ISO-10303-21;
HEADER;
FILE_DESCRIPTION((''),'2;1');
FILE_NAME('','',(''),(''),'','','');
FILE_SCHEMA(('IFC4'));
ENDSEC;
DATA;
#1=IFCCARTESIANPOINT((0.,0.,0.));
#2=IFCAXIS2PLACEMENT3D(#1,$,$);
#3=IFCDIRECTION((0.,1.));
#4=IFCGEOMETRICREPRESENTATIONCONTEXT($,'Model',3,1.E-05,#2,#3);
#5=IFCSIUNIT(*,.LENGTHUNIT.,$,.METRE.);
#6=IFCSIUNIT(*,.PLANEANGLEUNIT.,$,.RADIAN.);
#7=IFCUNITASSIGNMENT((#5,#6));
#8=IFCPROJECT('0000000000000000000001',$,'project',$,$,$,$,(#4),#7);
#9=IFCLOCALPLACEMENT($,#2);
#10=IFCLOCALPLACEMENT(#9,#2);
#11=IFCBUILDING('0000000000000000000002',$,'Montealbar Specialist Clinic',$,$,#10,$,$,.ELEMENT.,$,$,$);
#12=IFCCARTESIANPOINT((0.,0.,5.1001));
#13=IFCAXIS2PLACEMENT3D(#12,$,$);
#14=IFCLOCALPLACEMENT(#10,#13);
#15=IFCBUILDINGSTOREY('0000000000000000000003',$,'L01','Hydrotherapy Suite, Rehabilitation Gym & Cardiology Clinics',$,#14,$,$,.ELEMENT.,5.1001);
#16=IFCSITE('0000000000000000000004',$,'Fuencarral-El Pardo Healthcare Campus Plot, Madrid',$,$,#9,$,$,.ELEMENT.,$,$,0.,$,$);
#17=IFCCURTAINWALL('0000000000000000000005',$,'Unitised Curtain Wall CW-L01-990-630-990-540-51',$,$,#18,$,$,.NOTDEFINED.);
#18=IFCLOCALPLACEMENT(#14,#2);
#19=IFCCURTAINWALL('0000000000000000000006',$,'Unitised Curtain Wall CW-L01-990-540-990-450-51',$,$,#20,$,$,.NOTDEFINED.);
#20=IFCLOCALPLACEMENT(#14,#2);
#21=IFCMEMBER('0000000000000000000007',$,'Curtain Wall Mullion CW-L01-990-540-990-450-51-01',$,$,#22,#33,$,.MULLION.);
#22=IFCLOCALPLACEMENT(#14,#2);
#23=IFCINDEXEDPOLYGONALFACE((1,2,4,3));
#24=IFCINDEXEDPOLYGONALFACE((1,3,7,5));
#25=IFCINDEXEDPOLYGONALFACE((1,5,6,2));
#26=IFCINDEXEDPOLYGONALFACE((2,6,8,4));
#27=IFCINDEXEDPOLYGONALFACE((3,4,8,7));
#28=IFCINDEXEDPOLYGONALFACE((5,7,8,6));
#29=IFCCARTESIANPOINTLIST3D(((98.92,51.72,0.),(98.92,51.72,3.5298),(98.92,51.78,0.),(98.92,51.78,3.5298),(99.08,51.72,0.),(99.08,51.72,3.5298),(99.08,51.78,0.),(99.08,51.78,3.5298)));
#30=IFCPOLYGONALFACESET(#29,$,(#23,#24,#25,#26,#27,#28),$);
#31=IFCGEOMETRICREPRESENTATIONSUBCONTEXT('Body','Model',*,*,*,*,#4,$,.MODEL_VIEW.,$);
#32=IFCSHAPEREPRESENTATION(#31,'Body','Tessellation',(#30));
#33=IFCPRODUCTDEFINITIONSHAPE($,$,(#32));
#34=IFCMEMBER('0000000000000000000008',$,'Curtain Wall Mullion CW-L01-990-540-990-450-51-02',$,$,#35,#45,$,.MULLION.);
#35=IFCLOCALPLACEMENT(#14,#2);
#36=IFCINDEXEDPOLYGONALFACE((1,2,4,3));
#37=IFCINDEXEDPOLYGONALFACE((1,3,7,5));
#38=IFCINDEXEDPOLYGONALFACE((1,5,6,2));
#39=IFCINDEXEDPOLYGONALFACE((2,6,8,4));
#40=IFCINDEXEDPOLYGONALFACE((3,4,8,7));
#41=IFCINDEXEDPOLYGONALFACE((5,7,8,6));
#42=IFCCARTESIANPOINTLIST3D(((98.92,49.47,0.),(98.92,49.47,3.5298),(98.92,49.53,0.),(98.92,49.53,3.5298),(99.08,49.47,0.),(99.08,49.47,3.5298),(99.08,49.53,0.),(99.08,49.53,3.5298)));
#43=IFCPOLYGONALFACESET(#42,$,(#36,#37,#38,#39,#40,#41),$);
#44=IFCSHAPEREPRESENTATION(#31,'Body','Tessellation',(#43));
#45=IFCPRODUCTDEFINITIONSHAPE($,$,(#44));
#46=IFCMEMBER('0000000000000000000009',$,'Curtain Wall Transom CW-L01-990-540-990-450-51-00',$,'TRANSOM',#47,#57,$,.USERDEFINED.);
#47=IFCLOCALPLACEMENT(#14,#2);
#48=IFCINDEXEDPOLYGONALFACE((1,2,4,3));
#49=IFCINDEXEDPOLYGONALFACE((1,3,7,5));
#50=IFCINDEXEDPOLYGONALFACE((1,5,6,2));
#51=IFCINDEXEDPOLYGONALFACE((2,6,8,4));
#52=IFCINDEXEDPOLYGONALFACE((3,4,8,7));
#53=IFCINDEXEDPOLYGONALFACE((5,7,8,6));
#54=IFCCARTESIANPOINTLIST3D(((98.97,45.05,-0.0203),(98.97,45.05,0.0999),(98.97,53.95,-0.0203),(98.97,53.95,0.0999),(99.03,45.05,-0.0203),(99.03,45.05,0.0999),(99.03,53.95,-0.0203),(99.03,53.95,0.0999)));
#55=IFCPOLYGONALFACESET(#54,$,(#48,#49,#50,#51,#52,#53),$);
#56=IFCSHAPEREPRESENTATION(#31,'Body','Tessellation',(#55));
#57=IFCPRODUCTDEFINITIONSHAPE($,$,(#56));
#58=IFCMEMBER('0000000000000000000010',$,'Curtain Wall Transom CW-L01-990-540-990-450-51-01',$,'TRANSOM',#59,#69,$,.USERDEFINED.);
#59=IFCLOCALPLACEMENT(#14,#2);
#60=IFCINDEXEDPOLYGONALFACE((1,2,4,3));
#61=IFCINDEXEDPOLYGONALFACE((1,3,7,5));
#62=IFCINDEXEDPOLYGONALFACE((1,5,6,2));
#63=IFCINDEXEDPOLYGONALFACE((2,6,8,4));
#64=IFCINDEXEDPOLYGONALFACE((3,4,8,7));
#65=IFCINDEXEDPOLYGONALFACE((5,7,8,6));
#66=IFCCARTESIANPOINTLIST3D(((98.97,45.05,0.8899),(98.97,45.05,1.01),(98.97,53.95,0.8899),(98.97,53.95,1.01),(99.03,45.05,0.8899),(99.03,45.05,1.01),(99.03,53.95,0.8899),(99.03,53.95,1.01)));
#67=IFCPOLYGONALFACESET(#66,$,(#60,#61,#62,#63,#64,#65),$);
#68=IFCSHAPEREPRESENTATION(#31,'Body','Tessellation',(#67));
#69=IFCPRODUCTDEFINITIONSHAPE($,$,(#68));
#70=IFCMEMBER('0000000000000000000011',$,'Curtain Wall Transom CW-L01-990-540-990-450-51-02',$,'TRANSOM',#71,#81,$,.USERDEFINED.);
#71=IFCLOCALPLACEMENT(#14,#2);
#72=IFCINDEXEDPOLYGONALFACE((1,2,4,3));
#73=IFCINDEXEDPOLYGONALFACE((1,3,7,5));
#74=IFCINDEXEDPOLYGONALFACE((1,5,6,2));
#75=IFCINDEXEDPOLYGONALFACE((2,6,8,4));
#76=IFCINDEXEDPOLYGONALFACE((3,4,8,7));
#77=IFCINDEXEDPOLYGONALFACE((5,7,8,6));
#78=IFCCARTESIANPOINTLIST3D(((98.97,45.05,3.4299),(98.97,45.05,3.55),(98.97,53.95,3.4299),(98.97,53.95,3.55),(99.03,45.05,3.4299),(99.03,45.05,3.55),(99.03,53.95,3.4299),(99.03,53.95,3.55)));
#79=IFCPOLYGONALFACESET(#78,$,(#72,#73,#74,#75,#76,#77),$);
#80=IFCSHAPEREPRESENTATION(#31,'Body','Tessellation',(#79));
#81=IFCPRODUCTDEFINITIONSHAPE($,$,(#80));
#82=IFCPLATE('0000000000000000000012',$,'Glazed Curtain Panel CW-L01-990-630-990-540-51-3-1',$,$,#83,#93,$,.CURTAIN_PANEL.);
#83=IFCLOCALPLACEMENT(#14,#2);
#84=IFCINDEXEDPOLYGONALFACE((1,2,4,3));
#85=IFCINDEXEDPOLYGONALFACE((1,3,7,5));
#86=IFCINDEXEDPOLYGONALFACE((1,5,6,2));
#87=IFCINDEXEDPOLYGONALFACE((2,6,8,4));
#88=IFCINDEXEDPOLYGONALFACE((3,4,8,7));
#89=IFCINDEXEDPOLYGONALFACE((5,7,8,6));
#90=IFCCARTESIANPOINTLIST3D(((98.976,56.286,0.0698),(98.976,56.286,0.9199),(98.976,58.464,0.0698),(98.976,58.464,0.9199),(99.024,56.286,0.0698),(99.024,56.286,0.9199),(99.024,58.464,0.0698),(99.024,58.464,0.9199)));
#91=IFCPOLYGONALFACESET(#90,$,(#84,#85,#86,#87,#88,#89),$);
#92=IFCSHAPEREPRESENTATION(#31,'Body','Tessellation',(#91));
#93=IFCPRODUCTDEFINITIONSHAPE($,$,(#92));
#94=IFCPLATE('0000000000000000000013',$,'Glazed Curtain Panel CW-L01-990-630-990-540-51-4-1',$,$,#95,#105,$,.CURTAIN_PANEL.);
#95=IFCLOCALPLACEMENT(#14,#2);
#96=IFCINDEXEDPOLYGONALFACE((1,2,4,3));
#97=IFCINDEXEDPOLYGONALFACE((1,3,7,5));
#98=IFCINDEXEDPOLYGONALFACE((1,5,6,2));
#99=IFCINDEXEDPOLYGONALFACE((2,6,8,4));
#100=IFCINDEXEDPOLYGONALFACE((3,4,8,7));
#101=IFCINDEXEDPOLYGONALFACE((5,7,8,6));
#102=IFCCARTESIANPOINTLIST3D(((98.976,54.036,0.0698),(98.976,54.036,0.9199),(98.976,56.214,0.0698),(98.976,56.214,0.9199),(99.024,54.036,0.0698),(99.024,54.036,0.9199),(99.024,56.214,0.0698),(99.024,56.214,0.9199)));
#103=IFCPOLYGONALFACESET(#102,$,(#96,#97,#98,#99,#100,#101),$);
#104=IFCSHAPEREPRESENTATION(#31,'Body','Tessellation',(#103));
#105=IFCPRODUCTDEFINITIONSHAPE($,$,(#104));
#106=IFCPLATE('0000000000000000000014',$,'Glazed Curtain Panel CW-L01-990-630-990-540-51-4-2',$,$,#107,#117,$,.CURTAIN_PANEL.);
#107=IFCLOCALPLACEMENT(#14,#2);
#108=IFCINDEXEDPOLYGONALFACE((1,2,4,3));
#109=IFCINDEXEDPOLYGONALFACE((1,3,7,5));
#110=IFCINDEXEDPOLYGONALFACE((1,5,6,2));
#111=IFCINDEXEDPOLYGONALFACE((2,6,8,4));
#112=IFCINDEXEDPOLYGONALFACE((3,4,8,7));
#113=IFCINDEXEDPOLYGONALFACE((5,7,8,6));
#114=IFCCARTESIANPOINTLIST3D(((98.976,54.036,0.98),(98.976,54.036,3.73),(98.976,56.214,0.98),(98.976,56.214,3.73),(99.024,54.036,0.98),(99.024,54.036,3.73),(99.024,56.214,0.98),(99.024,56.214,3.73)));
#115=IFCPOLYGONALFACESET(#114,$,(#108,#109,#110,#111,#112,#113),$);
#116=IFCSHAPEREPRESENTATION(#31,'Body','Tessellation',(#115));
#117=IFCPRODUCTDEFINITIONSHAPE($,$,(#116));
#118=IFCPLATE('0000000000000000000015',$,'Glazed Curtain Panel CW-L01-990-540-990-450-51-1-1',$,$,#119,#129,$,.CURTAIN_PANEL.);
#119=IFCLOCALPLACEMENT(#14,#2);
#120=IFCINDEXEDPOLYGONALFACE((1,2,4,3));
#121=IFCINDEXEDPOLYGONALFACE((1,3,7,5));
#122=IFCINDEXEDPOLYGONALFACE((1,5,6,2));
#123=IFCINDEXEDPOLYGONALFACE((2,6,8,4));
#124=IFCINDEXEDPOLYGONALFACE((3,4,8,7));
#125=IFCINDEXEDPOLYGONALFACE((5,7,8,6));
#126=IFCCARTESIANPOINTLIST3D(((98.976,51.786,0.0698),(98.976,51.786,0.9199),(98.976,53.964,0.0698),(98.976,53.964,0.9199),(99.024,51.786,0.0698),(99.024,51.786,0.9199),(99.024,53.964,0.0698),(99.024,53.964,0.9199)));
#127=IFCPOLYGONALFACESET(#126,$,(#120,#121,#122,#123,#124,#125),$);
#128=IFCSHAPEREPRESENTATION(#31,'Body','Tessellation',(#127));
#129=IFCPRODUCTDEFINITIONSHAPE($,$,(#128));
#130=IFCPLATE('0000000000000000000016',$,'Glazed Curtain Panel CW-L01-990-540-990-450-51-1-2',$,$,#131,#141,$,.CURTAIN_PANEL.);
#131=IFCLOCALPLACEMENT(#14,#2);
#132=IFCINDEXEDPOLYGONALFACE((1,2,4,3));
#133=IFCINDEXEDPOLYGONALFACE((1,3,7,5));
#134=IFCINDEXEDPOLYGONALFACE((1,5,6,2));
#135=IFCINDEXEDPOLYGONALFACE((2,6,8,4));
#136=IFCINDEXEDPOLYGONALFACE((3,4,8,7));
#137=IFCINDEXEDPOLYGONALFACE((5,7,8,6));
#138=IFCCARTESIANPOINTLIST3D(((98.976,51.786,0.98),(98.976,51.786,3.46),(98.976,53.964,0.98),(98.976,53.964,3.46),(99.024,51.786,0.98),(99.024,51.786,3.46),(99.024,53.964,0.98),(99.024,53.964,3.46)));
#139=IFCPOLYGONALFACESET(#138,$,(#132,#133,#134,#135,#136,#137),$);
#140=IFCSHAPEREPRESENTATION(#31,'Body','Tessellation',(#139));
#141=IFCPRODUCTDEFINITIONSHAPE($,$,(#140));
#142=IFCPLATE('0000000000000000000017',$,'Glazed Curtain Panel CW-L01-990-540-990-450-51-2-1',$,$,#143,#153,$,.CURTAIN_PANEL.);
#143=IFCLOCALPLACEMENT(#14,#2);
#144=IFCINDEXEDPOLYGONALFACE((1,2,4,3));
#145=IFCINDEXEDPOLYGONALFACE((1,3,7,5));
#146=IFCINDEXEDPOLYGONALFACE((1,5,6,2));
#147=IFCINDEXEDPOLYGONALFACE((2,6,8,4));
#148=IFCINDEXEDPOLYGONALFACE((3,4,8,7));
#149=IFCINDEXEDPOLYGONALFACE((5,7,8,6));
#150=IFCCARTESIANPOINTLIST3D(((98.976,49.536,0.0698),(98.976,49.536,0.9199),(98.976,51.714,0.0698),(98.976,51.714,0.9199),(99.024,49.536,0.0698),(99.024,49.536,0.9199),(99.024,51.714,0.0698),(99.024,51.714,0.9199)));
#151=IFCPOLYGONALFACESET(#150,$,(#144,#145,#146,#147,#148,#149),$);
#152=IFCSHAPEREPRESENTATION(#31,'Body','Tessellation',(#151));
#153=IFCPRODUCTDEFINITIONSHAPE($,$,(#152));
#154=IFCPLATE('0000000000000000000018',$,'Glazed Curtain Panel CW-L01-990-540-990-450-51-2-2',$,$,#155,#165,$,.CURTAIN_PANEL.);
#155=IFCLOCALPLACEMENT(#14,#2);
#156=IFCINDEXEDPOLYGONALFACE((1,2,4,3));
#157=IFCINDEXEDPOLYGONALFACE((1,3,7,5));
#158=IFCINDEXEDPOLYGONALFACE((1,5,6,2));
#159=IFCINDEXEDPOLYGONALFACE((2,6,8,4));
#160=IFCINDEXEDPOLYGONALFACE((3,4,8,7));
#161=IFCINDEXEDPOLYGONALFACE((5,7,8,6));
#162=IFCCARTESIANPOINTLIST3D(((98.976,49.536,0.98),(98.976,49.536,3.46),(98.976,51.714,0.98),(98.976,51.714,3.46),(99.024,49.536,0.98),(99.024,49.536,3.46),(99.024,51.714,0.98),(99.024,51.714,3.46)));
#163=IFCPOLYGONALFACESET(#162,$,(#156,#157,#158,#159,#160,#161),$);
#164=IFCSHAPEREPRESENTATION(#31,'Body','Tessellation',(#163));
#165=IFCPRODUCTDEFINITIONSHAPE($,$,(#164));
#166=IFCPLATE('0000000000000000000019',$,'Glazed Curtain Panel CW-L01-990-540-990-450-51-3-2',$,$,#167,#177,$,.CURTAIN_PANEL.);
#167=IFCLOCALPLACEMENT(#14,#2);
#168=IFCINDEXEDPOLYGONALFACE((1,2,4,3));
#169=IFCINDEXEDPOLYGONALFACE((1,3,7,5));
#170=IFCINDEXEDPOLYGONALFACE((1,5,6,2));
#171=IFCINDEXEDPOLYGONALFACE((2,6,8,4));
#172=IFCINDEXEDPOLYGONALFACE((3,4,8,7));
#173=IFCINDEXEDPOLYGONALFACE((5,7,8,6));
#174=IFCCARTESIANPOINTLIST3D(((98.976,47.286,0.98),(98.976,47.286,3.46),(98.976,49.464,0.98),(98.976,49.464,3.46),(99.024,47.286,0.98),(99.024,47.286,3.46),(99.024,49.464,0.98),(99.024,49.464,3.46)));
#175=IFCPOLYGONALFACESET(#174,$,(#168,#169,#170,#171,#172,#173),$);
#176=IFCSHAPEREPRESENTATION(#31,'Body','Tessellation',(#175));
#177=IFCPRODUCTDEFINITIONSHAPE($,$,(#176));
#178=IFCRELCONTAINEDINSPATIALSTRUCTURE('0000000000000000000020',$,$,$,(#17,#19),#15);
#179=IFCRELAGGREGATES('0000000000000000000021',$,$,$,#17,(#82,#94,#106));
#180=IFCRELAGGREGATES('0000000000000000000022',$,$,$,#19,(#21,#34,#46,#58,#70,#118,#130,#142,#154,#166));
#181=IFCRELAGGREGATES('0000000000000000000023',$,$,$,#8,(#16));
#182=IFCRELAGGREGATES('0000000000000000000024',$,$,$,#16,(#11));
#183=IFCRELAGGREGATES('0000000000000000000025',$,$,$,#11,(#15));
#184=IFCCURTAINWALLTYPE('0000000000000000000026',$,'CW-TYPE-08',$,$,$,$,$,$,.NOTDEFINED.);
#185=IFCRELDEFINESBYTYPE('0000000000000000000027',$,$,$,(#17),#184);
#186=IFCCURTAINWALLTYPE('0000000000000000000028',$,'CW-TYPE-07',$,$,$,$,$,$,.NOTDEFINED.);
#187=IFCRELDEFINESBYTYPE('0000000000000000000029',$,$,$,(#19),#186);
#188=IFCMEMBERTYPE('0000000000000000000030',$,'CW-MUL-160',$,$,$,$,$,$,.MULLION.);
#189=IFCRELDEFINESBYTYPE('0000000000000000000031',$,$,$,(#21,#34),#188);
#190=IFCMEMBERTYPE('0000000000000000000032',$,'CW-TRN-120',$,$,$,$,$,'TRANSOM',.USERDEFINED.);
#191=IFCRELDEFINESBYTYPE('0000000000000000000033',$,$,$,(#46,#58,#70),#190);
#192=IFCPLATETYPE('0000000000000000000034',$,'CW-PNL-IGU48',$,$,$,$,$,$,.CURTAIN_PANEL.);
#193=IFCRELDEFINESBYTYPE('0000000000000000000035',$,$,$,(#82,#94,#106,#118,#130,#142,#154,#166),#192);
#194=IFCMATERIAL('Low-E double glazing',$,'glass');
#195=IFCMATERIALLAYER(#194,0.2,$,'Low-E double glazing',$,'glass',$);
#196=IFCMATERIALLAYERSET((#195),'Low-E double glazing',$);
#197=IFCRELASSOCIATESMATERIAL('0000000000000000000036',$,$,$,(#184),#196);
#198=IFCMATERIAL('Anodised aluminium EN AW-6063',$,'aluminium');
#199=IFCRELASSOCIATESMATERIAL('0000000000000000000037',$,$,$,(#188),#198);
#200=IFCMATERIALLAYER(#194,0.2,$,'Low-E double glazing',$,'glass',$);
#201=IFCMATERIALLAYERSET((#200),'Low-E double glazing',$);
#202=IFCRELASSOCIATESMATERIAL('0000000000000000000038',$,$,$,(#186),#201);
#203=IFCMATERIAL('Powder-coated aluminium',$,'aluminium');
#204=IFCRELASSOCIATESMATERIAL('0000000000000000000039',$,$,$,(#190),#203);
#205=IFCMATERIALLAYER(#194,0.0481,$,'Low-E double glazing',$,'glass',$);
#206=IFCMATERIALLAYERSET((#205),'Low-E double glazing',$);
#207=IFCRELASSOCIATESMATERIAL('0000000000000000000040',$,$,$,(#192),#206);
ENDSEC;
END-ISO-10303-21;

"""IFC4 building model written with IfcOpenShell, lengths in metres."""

from ifc_helpers import new_model, si_unit, direction, frame, origin, origin_2d, place, context, subcontext, project, spatial, rectangle, extrude, material, layer, layer_set, material_profile, profile_set, type_object, element, aggregate, save


model = new_model("IFC4")

# Units and contexts
model_context = context("Model", 3, precision=1e-05, world=origin(), true_north=direction((0.0, 1.0)))
body_context = subcontext(model_context, "Body", "Model", "MODEL_VIEW")
ifc_project = project(units=[si_unit("LENGTHUNIT", "METRE"), si_unit("PLANEANGLEUNIT", "RADIAN")], contexts=[model_context])

# Site, building, storey
site_placement = place(None, origin())
site = spatial("IfcSite", under=ifc_project, at=site_placement, Name="Fuencarral-El Pardo Healthcare Campus Plot, Madrid", CompositionType="ELEMENT", RefElevation=0.0)
building_placement = place(site_placement, origin())
building = spatial("IfcBuilding", under=site, at=building_placement, Name="Montealbar Specialist Clinic", CompositionType="ELEMENT")
storey_placement = place(building_placement, frame((0.0, 0.0, 5.1001)))
storey = spatial("IfcBuildingStorey", under=building, at=storey_placement, Name="L01", Description="Hydrotherapy Suite, Rehabilitation Gym & Cardiology Clinics", CompositionType="ELEMENT", Elevation=5.1001)

# Curtain walls, members
ifc_material_1 = material(Name="Low-E double glazing", Category="glass")
ifc_layer_1 = layer(ifc_material_1, 0.2, Name="Low-E double glazing", Category="glass")
ifc_layer_set_1 = layer_set([ifc_layer_1], Name="Low-E double glazing")
curtain_wall_type_1 = type_object("IfcCurtainWallType", Name="CW-TYPE-08", PredefinedType="NOTDEFINED", material=ifc_layer_set_1)
curtain_wall_1_placement = place(storey_placement, origin())
curtain_wall_1 = element("IfcCurtainWall", 1, at=curtain_wall_1_placement, inside=storey, type_object=curtain_wall_type_1, Name="Unitised Curtain Wall CW-L01-990-630-990-540-51", PredefinedType="NOTDEFINED")
ifc_material_2 = material(Name="Anodised aluminium EN AW-6063", Category="aluminium")
ifc_material_profile_1 = material_profile(ifc_material_2, rectangle(XDim=0.0601, YDim=0.1599, at=origin_2d()), Name="ALU 60x160", Category="aluminium")
ifc_profile_set_1 = profile_set([ifc_material_profile_1], Name="Anodised aluminium EN AW-6063")
member_type_1 = type_object("IfcMemberType", Name="CW-MUL-160", PredefinedType="MULLION", material=ifc_profile_set_1)
ifc_layer_2 = layer(ifc_material_1, 0.2, Name="Low-E double glazing", Category="glass")
ifc_layer_set_2 = layer_set([ifc_layer_2], Name="Low-E double glazing")
curtain_wall_type_2 = type_object("IfcCurtainWallType", Name="CW-TYPE-07", PredefinedType="NOTDEFINED", material=ifc_layer_set_2)
curtain_wall_2_placement = place(storey_placement, origin())
curtain_wall_2 = element("IfcCurtainWall", 2, at=curtain_wall_2_placement, inside=storey, type_object=curtain_wall_type_2, Name="Unitised Curtain Wall CW-L01-990-540-990-450-51", PredefinedType="NOTDEFINED")
member_1_placement = place(storey_placement, frame((99.0, 51.75, 0.0), z_axis=(0.0, 0.0, 1.0), x_axis=(0.0, -1.0, 0.0)))
member_1 = element("IfcMember", 3, at=member_1_placement, type_object=member_type_1, Name="Curtain Wall Mullion CW-L01-990-540-990-450-51-01", PredefinedType="MULLION", context=body_context, shape_type="SweptSolid", body=[
    extrude(rectangle(XDim=0.0601, YDim=0.1599, at=origin_2d()), origin(), (0.0, 0.0, 1.0), 3.5298),
])
member_2_placement = place(storey_placement, frame((99.0, 49.5, 0.0), z_axis=(0.0, 0.0, 1.0), x_axis=(0.0, -1.0, 0.0)))
member_2 = element("IfcMember", 4, at=member_2_placement, type_object=member_type_1, Name="Curtain Wall Mullion CW-L01-990-540-990-450-51-02", PredefinedType="MULLION", context=body_context, shape_type="SweptSolid", body=[
    extrude(rectangle(XDim=0.0601, YDim=0.1599, at=origin_2d()), origin(), (0.0, 0.0, 1.0), 3.5298),
])
ifc_material_3 = material(Name="Powder-coated aluminium", Category="aluminium")
ifc_material_profile_2 = material_profile(ifc_material_3, rectangle(XDim=0.0601, YDim=0.1201, at=origin_2d()), Name="ALU 60x120", Category="aluminium")
ifc_profile_set_2 = profile_set([ifc_material_profile_2], Name="Powder-coated aluminium")
member_type_2 = type_object("IfcMemberType", Name="CW-TRN-120", ElementType="TRANSOM", PredefinedType="USERDEFINED", material=ifc_profile_set_2)
member_3_placement = place(storey_placement, frame((99.0, 53.95, 0.0398), z_axis=(0.0, -1.0, 0.0), x_axis=(1.0, 0.0, 0.0)))
member_3 = element("IfcMember", 5, at=member_3_placement, type_object=member_type_2, Name="Curtain Wall Transom CW-L01-990-540-990-450-51-00", ObjectType="TRANSOM", PredefinedType="USERDEFINED", context=body_context, shape_type="SweptSolid", body=[
    extrude(rectangle(XDim=0.0601, YDim=0.1201, at=origin_2d()), origin(), (0.0, 0.0, 1.0), 8.8999),
])
member_4_placement = place(storey_placement, frame((99.0, 53.95, 0.95), z_axis=(0.0, -1.0, 0.0), x_axis=(1.0, 0.0, 0.0)))
member_4 = element("IfcMember", 6, at=member_4_placement, type_object=member_type_2, Name="Curtain Wall Transom CW-L01-990-540-990-450-51-01", ObjectType="TRANSOM", PredefinedType="USERDEFINED", context=body_context, shape_type="SweptSolid", body=[
    extrude(rectangle(XDim=0.0601, YDim=0.1201, at=origin_2d()), origin(), (0.0, 0.0, 1.0), 8.8999),
])
member_5_placement = place(storey_placement, frame((99.0, 53.95, 3.49), z_axis=(0.0, -1.0, 0.0), x_axis=(1.0, 0.0, 0.0)))
member_5 = element("IfcMember", 7, at=member_5_placement, type_object=member_type_2, Name="Curtain Wall Transom CW-L01-990-540-990-450-51-02", ObjectType="TRANSOM", PredefinedType="USERDEFINED", context=body_context, shape_type="SweptSolid", body=[
    extrude(rectangle(XDim=0.0601, YDim=0.1201, at=origin_2d()), origin(), (0.0, 0.0, 1.0), 8.8999),
])

# Plates
ifc_layer_3 = layer(ifc_material_1, 0.0481, Name="Low-E double glazing", Category="glass")
ifc_layer_set_3 = layer_set([ifc_layer_3], Name="Low-E double glazing")
plate_type = type_object("IfcPlateType", Name="CW-PNL-IGU48", PredefinedType="CURTAIN_PANEL", material=ifc_layer_set_3)
plate_1_placement = place(storey_placement, frame((99.0, 57.375, 0.0698), z_axis=(0.0, 0.0, 1.0), x_axis=(0.0, -1.0, 0.0)))
plate_1 = element("IfcPlate", 8, at=plate_1_placement, type_object=plate_type, Name="Glazed Curtain Panel CW-L01-990-630-990-540-51-3-1", PredefinedType="CURTAIN_PANEL", context=body_context, shape_type="SweptSolid", body=[
    extrude(rectangle(XDim=2.178, YDim=0.0481, at=origin_2d()), origin(), (0.0, 0.0, 1.0), 0.8501),
])
plate_2_placement = place(storey_placement, frame((99.0, 55.125, 0.0698), z_axis=(0.0, 0.0, 1.0), x_axis=(0.0, -1.0, 0.0)))
plate_2 = element("IfcPlate", 9, at=plate_2_placement, type_object=plate_type, Name="Glazed Curtain Panel CW-L01-990-630-990-540-51-4-1", PredefinedType="CURTAIN_PANEL", context=body_context, shape_type="SweptSolid", body=[
    extrude(rectangle(XDim=2.178, YDim=0.0481, at=origin_2d()), origin(), (0.0, 0.0, 1.0), 0.8501),
])
plate_3_placement = place(storey_placement, frame((99.0, 55.125, 0.98), z_axis=(0.0, 0.0, 1.0), x_axis=(0.0, -1.0, 0.0)))
plate_3 = element("IfcPlate", 10, at=plate_3_placement, type_object=plate_type, Name="Glazed Curtain Panel CW-L01-990-630-990-540-51-4-2", PredefinedType="CURTAIN_PANEL", context=body_context, shape_type="SweptSolid", body=[
    extrude(rectangle(XDim=2.178, YDim=0.0481, at=origin_2d()), origin(), (0.0, 0.0, 1.0), 2.75),
])
aggregate(curtain_wall_1, [plate_1, plate_2, plate_3])
plate_4_placement = place(storey_placement, frame((99.0, 52.875, 0.0698), z_axis=(0.0, 0.0, 1.0), x_axis=(0.0, -1.0, 0.0)))
plate_4 = element("IfcPlate", 11, at=plate_4_placement, type_object=plate_type, Name="Glazed Curtain Panel CW-L01-990-540-990-450-51-1-1", PredefinedType="CURTAIN_PANEL", context=body_context, shape_type="SweptSolid", body=[
    extrude(rectangle(XDim=2.178, YDim=0.0481, at=origin_2d()), origin(), (0.0, 0.0, 1.0), 0.8501),
])
plate_5_placement = place(storey_placement, frame((99.0, 52.875, 0.98), z_axis=(0.0, 0.0, 1.0), x_axis=(0.0, -1.0, 0.0)))
plate_5 = element("IfcPlate", 12, at=plate_5_placement, type_object=plate_type, Name="Glazed Curtain Panel CW-L01-990-540-990-450-51-1-2", PredefinedType="CURTAIN_PANEL", context=body_context, shape_type="SweptSolid", body=[
    extrude(rectangle(XDim=2.178, YDim=0.0481, at=origin_2d()), origin(), (0.0, 0.0, 1.0), 2.48),
])
plate_6_placement = place(storey_placement, frame((99.0, 50.625, 0.0698), z_axis=(0.0, 0.0, 1.0), x_axis=(0.0, -1.0, 0.0)))
plate_6 = element("IfcPlate", 13, at=plate_6_placement, type_object=plate_type, Name="Glazed Curtain Panel CW-L01-990-540-990-450-51-2-1", PredefinedType="CURTAIN_PANEL", context=body_context, shape_type="SweptSolid", body=[
    extrude(rectangle(XDim=2.178, YDim=0.0481, at=origin_2d()), origin(), (0.0, 0.0, 1.0), 0.8501),
])
plate_7_placement = place(storey_placement, frame((99.0, 50.625, 0.98), z_axis=(0.0, 0.0, 1.0), x_axis=(0.0, -1.0, 0.0)))
plate_7 = element("IfcPlate", 14, at=plate_7_placement, type_object=plate_type, Name="Glazed Curtain Panel CW-L01-990-540-990-450-51-2-2", PredefinedType="CURTAIN_PANEL", context=body_context, shape_type="SweptSolid", body=[
    extrude(rectangle(XDim=2.178, YDim=0.0481, at=origin_2d()), origin(), (0.0, 0.0, 1.0), 2.48),
])
plate_8_placement = place(storey_placement, frame((99.0, 48.375, 0.98), z_axis=(0.0, 0.0, 1.0), x_axis=(0.0, -1.0, 0.0)))
plate_8 = element("IfcPlate", 15, at=plate_8_placement, type_object=plate_type, Name="Glazed Curtain Panel CW-L01-990-540-990-450-51-3-2", PredefinedType="CURTAIN_PANEL", context=body_context, shape_type="SweptSolid", body=[
    extrude(rectangle(XDim=2.178, YDim=0.0481, at=origin_2d()), origin(), (0.0, 0.0, 1.0), 2.48),
])
aggregate(curtain_wall_2, [member_1, member_2, member_3, member_4, member_5, plate_4, plate_5, plate_6, plate_7, plate_8])

save(model, "model.ifc")
